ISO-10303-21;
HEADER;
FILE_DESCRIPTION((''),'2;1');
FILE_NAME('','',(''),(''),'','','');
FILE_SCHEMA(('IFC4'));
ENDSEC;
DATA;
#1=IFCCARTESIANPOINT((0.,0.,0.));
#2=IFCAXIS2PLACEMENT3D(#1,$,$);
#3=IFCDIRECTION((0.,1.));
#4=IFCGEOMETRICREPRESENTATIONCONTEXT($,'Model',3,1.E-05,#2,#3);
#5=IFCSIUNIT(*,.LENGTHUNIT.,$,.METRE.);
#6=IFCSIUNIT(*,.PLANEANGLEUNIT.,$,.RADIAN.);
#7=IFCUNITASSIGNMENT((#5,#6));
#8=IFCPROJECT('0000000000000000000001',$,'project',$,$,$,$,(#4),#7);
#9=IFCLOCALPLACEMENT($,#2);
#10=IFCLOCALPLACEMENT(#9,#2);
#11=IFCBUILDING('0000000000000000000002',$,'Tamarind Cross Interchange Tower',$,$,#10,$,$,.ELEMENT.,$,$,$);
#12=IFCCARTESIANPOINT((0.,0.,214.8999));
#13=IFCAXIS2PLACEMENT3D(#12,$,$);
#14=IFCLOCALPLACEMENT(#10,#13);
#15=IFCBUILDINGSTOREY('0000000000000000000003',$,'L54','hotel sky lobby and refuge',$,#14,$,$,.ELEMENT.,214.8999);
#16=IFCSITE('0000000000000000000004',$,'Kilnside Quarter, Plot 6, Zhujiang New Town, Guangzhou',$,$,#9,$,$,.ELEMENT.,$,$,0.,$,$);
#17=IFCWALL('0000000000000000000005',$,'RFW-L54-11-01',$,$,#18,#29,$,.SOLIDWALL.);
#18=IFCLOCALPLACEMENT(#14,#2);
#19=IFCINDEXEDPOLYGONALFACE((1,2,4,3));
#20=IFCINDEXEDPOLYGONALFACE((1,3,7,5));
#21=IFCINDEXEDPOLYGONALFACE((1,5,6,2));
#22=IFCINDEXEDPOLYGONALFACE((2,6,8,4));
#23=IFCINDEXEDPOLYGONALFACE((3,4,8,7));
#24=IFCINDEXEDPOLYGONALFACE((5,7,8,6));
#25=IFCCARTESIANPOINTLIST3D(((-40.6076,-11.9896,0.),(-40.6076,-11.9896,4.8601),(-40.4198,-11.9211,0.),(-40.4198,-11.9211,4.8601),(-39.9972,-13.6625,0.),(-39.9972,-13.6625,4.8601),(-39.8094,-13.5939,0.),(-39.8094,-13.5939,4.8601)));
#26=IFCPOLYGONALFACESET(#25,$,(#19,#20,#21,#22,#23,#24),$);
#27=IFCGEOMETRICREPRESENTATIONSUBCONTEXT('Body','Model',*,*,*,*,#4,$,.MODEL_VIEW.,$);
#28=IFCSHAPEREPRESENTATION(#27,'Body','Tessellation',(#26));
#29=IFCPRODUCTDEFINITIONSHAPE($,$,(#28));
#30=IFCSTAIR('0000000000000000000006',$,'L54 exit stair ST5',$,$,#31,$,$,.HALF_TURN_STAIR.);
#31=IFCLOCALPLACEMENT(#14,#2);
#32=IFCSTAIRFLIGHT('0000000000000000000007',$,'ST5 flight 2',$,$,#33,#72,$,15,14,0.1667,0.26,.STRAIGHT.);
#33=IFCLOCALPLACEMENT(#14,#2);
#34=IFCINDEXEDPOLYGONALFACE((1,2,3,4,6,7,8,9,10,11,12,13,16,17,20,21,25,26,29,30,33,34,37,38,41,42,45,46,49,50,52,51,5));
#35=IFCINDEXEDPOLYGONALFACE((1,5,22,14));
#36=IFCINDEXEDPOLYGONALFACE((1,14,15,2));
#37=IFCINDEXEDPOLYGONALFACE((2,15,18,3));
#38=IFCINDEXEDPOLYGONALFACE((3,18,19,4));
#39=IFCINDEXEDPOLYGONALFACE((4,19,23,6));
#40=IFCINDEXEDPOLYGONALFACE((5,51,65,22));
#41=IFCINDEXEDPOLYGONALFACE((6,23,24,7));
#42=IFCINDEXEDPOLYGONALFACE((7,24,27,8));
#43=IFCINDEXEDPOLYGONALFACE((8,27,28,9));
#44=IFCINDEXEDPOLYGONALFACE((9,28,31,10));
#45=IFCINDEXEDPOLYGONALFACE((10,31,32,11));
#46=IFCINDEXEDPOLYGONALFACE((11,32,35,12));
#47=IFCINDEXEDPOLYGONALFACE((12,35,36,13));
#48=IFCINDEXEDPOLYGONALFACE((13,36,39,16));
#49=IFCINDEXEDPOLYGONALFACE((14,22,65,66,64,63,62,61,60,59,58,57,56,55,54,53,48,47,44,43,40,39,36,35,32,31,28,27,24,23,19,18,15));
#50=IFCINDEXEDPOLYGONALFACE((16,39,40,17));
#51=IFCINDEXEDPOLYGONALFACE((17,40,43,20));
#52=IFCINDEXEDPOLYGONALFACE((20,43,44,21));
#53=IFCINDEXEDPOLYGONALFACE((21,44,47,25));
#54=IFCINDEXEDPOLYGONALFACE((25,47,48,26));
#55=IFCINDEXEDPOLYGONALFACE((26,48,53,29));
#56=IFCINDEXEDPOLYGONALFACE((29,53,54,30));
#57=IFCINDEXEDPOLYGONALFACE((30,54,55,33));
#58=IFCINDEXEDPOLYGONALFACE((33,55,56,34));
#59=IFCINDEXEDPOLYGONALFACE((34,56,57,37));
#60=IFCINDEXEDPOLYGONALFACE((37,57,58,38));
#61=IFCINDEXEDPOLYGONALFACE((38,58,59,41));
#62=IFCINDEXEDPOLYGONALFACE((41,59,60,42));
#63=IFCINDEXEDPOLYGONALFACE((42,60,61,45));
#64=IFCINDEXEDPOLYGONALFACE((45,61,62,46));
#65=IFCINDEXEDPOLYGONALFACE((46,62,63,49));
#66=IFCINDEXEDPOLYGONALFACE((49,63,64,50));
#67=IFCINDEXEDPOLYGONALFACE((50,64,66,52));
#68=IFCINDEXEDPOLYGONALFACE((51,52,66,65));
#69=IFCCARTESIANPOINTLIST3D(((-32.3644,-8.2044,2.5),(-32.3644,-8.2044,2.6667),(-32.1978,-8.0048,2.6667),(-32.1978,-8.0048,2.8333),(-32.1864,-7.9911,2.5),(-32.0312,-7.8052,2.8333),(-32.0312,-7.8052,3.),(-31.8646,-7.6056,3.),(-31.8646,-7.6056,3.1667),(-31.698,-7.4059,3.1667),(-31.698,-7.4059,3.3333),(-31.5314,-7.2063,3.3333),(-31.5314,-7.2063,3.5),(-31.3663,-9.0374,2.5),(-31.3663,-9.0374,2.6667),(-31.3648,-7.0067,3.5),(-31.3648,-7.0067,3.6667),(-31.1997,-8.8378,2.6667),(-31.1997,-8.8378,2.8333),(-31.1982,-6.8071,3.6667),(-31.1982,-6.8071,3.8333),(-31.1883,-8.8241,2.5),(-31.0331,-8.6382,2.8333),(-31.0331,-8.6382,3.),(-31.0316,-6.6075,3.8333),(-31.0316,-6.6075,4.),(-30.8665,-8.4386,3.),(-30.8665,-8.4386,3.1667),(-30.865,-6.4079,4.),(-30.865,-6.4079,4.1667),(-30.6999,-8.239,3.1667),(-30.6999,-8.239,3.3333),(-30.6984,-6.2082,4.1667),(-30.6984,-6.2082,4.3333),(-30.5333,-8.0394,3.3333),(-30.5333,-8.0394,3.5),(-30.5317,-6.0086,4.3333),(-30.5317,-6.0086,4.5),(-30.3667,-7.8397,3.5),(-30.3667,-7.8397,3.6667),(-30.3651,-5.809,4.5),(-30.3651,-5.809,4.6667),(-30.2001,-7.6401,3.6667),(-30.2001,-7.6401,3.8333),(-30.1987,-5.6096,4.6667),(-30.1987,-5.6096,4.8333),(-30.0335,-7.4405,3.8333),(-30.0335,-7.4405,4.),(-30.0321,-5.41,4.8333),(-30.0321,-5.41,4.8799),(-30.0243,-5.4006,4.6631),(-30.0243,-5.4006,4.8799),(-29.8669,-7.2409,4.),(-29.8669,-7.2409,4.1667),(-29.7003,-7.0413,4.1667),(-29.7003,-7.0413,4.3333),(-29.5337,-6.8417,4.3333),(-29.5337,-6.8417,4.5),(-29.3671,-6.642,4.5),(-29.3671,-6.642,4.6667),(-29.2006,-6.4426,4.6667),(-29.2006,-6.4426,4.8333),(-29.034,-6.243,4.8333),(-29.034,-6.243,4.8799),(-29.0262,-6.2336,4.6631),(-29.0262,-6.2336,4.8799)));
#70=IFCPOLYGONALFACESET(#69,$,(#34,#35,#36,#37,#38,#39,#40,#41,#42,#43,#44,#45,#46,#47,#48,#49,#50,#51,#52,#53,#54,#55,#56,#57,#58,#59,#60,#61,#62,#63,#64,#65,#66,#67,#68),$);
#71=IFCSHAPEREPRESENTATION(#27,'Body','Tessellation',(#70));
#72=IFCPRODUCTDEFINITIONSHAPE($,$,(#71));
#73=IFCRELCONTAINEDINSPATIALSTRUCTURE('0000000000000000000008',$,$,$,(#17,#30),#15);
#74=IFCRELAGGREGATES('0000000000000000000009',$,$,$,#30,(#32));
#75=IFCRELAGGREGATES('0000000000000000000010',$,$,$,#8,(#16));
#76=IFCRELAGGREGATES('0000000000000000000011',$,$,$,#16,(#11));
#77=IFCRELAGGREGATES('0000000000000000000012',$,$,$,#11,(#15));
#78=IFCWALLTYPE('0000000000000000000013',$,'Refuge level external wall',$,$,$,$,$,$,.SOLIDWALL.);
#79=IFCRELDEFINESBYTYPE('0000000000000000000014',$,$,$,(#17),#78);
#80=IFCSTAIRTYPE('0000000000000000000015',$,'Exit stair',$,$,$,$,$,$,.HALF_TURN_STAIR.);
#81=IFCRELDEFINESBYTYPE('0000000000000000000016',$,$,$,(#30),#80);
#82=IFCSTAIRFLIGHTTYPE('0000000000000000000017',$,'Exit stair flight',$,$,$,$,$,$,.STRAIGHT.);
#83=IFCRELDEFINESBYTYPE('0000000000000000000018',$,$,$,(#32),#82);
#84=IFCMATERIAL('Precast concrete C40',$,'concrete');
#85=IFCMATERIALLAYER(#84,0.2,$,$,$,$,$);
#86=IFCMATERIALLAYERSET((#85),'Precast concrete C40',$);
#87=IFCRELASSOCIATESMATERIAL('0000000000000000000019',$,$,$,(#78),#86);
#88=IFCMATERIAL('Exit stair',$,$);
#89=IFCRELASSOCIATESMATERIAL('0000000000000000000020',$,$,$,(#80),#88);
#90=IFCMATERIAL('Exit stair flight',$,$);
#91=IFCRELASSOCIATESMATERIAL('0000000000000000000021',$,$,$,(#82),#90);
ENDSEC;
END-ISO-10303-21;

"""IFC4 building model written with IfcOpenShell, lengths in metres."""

from ifc_helpers import new_model, si_unit, direction, frame, frame_2d, origin, place, context, subcontext, project, spatial, polyline, rectangle, outline, extrude, material, layer, layer_set, type_object, element, aggregate, save


model = new_model("IFC4")

# Units and contexts
model_context = context("Model", 3, precision=1e-05, world=origin(), true_north=direction((0.0, 1.0)))
body_context = subcontext(model_context, "Body", "Model", "MODEL_VIEW")
ifc_project = project(units=[si_unit("LENGTHUNIT", "METRE"), si_unit("PLANEANGLEUNIT", "RADIAN")], contexts=[model_context])

# Site, building, storey
site_placement = place(None, origin())
site = spatial("IfcSite", under=ifc_project, at=site_placement, Name="Kilnside Quarter, Plot 6, Zhujiang New Town, Guangzhou", CompositionType="ELEMENT", RefElevation=0.0)
building_placement = place(site_placement, origin())
building = spatial("IfcBuilding", under=site, at=building_placement, Name="Tamarind Cross Interchange Tower", CompositionType="ELEMENT")
storey_placement = place(building_placement, frame((0.0, 0.0, 214.8999)))
storey = spatial("IfcBuildingStorey", under=building, at=storey_placement, Name="L54", Description="hotel sky lobby and refuge", CompositionType="ELEMENT", Elevation=214.8999)

# Shared definitions
ifc_material_1 = material(Name="Precast concrete C40", Category="concrete")
ifc_layer_1 = layer(ifc_material_1, 0.2)
ifc_layer_set_1 = layer_set([ifc_layer_1], Name="Precast concrete C40")
wall_type_1 = type_object("IfcWallType", Name="Refuge level external wall", PredefinedType="SOLIDWALL", material=ifc_layer_set_1)

# Wall
wall_1_placement = place(storey_placement, frame((-40.5137, -11.9553, 0.0), z_axis=(0.0, 0.0, 1.0), x_axis=(0.342756, -0.939425, 0.0)))
element("IfcWall", 1, at=wall_1_placement, inside=storey, type_object=wall_type_1, Name="RFW-L54-11-01", PredefinedType="SOLIDWALL", context=body_context, shape_type="SweptSolid", body=[
    extrude(rectangle(XDim=1.7808, YDim=0.2, at=frame_2d((0.8904, 0.0))), origin(), (0.0, 0.0, 1.0), 4.8601),
])

# Stair, stair flight
ifc_material_2 = material(Name="Exit stair")
stair_type = type_object("IfcStairType", Name="Exit stair", PredefinedType="HALF_TURN_STAIR", material=ifc_material_2)
stair_placement = place(storey_placement, origin())
stair = element("IfcStair", 2, at=stair_placement, inside=storey, type_object=stair_type, Name="L54 exit stair ST5", PredefinedType="HALF_TURN_STAIR")
ifc_material_3 = material(Name="Exit stair flight")
stair_flight_type = type_object("IfcStairFlightType", Name="Exit stair flight", PredefinedType="STRAIGHT", material=ifc_material_3)
stair_flight_placement = place(storey_placement, frame((-31.8655, -8.6208, 2.5), z_axis=(0.0, 0.0, 1.0), x_axis=(0.640775, 0.767729, 0.0)))
stair_flight = element("IfcStairFlight", 3, at=stair_flight_placement, type_object=stair_flight_type, Name="ST5 flight 2", NumberOfRisers=15, NumberOfTreads=14, PredefinedType="STRAIGHT", RiserHeight=0.1667, TreadLength=0.26, context=body_context, shape_type="SweptSolid", body=[
    extrude(outline(polyline([(0.0, 0.0), (0.0, 0.1667), (0.26, 0.1667), (0.26, 0.3333), (0.52, 0.3333), (0.52, 0.5), (0.78, 0.5), (0.78, 0.6667), (1.04, 0.6667), (1.04, 0.8333), (1.3, 0.8333), (1.3, 1.0), (1.5601, 1.0), (1.5601, 1.1667), (1.8201, 1.1667), (1.8201, 1.3333), (2.0801, 1.3333), (2.0801, 1.5), (2.3401, 1.5), (2.3401, 1.6667), (2.6001, 1.6667), (2.6001, 1.8333), (2.8601, 1.8333), (2.8601, 2.0), (3.1201, 2.0), (3.1201, 2.1667), (3.3799, 2.1667), (3.3799, 2.3333), (3.6399, 2.3333), (3.6399, 2.3799), (3.6521, 2.3799), (3.6521, 2.1631), (0.2778, 0.0), (0.0, 0.0)])), frame((0.0, 0.6499, 0.0), z_axis=(0.0, -1.0, 0.0), x_axis=(1.0, 0.0, 0.0)), (0.0, 0.0, 1.0), 1.3),
])
aggregate(stair, [stair_flight])

save(model, "model.ifc")
